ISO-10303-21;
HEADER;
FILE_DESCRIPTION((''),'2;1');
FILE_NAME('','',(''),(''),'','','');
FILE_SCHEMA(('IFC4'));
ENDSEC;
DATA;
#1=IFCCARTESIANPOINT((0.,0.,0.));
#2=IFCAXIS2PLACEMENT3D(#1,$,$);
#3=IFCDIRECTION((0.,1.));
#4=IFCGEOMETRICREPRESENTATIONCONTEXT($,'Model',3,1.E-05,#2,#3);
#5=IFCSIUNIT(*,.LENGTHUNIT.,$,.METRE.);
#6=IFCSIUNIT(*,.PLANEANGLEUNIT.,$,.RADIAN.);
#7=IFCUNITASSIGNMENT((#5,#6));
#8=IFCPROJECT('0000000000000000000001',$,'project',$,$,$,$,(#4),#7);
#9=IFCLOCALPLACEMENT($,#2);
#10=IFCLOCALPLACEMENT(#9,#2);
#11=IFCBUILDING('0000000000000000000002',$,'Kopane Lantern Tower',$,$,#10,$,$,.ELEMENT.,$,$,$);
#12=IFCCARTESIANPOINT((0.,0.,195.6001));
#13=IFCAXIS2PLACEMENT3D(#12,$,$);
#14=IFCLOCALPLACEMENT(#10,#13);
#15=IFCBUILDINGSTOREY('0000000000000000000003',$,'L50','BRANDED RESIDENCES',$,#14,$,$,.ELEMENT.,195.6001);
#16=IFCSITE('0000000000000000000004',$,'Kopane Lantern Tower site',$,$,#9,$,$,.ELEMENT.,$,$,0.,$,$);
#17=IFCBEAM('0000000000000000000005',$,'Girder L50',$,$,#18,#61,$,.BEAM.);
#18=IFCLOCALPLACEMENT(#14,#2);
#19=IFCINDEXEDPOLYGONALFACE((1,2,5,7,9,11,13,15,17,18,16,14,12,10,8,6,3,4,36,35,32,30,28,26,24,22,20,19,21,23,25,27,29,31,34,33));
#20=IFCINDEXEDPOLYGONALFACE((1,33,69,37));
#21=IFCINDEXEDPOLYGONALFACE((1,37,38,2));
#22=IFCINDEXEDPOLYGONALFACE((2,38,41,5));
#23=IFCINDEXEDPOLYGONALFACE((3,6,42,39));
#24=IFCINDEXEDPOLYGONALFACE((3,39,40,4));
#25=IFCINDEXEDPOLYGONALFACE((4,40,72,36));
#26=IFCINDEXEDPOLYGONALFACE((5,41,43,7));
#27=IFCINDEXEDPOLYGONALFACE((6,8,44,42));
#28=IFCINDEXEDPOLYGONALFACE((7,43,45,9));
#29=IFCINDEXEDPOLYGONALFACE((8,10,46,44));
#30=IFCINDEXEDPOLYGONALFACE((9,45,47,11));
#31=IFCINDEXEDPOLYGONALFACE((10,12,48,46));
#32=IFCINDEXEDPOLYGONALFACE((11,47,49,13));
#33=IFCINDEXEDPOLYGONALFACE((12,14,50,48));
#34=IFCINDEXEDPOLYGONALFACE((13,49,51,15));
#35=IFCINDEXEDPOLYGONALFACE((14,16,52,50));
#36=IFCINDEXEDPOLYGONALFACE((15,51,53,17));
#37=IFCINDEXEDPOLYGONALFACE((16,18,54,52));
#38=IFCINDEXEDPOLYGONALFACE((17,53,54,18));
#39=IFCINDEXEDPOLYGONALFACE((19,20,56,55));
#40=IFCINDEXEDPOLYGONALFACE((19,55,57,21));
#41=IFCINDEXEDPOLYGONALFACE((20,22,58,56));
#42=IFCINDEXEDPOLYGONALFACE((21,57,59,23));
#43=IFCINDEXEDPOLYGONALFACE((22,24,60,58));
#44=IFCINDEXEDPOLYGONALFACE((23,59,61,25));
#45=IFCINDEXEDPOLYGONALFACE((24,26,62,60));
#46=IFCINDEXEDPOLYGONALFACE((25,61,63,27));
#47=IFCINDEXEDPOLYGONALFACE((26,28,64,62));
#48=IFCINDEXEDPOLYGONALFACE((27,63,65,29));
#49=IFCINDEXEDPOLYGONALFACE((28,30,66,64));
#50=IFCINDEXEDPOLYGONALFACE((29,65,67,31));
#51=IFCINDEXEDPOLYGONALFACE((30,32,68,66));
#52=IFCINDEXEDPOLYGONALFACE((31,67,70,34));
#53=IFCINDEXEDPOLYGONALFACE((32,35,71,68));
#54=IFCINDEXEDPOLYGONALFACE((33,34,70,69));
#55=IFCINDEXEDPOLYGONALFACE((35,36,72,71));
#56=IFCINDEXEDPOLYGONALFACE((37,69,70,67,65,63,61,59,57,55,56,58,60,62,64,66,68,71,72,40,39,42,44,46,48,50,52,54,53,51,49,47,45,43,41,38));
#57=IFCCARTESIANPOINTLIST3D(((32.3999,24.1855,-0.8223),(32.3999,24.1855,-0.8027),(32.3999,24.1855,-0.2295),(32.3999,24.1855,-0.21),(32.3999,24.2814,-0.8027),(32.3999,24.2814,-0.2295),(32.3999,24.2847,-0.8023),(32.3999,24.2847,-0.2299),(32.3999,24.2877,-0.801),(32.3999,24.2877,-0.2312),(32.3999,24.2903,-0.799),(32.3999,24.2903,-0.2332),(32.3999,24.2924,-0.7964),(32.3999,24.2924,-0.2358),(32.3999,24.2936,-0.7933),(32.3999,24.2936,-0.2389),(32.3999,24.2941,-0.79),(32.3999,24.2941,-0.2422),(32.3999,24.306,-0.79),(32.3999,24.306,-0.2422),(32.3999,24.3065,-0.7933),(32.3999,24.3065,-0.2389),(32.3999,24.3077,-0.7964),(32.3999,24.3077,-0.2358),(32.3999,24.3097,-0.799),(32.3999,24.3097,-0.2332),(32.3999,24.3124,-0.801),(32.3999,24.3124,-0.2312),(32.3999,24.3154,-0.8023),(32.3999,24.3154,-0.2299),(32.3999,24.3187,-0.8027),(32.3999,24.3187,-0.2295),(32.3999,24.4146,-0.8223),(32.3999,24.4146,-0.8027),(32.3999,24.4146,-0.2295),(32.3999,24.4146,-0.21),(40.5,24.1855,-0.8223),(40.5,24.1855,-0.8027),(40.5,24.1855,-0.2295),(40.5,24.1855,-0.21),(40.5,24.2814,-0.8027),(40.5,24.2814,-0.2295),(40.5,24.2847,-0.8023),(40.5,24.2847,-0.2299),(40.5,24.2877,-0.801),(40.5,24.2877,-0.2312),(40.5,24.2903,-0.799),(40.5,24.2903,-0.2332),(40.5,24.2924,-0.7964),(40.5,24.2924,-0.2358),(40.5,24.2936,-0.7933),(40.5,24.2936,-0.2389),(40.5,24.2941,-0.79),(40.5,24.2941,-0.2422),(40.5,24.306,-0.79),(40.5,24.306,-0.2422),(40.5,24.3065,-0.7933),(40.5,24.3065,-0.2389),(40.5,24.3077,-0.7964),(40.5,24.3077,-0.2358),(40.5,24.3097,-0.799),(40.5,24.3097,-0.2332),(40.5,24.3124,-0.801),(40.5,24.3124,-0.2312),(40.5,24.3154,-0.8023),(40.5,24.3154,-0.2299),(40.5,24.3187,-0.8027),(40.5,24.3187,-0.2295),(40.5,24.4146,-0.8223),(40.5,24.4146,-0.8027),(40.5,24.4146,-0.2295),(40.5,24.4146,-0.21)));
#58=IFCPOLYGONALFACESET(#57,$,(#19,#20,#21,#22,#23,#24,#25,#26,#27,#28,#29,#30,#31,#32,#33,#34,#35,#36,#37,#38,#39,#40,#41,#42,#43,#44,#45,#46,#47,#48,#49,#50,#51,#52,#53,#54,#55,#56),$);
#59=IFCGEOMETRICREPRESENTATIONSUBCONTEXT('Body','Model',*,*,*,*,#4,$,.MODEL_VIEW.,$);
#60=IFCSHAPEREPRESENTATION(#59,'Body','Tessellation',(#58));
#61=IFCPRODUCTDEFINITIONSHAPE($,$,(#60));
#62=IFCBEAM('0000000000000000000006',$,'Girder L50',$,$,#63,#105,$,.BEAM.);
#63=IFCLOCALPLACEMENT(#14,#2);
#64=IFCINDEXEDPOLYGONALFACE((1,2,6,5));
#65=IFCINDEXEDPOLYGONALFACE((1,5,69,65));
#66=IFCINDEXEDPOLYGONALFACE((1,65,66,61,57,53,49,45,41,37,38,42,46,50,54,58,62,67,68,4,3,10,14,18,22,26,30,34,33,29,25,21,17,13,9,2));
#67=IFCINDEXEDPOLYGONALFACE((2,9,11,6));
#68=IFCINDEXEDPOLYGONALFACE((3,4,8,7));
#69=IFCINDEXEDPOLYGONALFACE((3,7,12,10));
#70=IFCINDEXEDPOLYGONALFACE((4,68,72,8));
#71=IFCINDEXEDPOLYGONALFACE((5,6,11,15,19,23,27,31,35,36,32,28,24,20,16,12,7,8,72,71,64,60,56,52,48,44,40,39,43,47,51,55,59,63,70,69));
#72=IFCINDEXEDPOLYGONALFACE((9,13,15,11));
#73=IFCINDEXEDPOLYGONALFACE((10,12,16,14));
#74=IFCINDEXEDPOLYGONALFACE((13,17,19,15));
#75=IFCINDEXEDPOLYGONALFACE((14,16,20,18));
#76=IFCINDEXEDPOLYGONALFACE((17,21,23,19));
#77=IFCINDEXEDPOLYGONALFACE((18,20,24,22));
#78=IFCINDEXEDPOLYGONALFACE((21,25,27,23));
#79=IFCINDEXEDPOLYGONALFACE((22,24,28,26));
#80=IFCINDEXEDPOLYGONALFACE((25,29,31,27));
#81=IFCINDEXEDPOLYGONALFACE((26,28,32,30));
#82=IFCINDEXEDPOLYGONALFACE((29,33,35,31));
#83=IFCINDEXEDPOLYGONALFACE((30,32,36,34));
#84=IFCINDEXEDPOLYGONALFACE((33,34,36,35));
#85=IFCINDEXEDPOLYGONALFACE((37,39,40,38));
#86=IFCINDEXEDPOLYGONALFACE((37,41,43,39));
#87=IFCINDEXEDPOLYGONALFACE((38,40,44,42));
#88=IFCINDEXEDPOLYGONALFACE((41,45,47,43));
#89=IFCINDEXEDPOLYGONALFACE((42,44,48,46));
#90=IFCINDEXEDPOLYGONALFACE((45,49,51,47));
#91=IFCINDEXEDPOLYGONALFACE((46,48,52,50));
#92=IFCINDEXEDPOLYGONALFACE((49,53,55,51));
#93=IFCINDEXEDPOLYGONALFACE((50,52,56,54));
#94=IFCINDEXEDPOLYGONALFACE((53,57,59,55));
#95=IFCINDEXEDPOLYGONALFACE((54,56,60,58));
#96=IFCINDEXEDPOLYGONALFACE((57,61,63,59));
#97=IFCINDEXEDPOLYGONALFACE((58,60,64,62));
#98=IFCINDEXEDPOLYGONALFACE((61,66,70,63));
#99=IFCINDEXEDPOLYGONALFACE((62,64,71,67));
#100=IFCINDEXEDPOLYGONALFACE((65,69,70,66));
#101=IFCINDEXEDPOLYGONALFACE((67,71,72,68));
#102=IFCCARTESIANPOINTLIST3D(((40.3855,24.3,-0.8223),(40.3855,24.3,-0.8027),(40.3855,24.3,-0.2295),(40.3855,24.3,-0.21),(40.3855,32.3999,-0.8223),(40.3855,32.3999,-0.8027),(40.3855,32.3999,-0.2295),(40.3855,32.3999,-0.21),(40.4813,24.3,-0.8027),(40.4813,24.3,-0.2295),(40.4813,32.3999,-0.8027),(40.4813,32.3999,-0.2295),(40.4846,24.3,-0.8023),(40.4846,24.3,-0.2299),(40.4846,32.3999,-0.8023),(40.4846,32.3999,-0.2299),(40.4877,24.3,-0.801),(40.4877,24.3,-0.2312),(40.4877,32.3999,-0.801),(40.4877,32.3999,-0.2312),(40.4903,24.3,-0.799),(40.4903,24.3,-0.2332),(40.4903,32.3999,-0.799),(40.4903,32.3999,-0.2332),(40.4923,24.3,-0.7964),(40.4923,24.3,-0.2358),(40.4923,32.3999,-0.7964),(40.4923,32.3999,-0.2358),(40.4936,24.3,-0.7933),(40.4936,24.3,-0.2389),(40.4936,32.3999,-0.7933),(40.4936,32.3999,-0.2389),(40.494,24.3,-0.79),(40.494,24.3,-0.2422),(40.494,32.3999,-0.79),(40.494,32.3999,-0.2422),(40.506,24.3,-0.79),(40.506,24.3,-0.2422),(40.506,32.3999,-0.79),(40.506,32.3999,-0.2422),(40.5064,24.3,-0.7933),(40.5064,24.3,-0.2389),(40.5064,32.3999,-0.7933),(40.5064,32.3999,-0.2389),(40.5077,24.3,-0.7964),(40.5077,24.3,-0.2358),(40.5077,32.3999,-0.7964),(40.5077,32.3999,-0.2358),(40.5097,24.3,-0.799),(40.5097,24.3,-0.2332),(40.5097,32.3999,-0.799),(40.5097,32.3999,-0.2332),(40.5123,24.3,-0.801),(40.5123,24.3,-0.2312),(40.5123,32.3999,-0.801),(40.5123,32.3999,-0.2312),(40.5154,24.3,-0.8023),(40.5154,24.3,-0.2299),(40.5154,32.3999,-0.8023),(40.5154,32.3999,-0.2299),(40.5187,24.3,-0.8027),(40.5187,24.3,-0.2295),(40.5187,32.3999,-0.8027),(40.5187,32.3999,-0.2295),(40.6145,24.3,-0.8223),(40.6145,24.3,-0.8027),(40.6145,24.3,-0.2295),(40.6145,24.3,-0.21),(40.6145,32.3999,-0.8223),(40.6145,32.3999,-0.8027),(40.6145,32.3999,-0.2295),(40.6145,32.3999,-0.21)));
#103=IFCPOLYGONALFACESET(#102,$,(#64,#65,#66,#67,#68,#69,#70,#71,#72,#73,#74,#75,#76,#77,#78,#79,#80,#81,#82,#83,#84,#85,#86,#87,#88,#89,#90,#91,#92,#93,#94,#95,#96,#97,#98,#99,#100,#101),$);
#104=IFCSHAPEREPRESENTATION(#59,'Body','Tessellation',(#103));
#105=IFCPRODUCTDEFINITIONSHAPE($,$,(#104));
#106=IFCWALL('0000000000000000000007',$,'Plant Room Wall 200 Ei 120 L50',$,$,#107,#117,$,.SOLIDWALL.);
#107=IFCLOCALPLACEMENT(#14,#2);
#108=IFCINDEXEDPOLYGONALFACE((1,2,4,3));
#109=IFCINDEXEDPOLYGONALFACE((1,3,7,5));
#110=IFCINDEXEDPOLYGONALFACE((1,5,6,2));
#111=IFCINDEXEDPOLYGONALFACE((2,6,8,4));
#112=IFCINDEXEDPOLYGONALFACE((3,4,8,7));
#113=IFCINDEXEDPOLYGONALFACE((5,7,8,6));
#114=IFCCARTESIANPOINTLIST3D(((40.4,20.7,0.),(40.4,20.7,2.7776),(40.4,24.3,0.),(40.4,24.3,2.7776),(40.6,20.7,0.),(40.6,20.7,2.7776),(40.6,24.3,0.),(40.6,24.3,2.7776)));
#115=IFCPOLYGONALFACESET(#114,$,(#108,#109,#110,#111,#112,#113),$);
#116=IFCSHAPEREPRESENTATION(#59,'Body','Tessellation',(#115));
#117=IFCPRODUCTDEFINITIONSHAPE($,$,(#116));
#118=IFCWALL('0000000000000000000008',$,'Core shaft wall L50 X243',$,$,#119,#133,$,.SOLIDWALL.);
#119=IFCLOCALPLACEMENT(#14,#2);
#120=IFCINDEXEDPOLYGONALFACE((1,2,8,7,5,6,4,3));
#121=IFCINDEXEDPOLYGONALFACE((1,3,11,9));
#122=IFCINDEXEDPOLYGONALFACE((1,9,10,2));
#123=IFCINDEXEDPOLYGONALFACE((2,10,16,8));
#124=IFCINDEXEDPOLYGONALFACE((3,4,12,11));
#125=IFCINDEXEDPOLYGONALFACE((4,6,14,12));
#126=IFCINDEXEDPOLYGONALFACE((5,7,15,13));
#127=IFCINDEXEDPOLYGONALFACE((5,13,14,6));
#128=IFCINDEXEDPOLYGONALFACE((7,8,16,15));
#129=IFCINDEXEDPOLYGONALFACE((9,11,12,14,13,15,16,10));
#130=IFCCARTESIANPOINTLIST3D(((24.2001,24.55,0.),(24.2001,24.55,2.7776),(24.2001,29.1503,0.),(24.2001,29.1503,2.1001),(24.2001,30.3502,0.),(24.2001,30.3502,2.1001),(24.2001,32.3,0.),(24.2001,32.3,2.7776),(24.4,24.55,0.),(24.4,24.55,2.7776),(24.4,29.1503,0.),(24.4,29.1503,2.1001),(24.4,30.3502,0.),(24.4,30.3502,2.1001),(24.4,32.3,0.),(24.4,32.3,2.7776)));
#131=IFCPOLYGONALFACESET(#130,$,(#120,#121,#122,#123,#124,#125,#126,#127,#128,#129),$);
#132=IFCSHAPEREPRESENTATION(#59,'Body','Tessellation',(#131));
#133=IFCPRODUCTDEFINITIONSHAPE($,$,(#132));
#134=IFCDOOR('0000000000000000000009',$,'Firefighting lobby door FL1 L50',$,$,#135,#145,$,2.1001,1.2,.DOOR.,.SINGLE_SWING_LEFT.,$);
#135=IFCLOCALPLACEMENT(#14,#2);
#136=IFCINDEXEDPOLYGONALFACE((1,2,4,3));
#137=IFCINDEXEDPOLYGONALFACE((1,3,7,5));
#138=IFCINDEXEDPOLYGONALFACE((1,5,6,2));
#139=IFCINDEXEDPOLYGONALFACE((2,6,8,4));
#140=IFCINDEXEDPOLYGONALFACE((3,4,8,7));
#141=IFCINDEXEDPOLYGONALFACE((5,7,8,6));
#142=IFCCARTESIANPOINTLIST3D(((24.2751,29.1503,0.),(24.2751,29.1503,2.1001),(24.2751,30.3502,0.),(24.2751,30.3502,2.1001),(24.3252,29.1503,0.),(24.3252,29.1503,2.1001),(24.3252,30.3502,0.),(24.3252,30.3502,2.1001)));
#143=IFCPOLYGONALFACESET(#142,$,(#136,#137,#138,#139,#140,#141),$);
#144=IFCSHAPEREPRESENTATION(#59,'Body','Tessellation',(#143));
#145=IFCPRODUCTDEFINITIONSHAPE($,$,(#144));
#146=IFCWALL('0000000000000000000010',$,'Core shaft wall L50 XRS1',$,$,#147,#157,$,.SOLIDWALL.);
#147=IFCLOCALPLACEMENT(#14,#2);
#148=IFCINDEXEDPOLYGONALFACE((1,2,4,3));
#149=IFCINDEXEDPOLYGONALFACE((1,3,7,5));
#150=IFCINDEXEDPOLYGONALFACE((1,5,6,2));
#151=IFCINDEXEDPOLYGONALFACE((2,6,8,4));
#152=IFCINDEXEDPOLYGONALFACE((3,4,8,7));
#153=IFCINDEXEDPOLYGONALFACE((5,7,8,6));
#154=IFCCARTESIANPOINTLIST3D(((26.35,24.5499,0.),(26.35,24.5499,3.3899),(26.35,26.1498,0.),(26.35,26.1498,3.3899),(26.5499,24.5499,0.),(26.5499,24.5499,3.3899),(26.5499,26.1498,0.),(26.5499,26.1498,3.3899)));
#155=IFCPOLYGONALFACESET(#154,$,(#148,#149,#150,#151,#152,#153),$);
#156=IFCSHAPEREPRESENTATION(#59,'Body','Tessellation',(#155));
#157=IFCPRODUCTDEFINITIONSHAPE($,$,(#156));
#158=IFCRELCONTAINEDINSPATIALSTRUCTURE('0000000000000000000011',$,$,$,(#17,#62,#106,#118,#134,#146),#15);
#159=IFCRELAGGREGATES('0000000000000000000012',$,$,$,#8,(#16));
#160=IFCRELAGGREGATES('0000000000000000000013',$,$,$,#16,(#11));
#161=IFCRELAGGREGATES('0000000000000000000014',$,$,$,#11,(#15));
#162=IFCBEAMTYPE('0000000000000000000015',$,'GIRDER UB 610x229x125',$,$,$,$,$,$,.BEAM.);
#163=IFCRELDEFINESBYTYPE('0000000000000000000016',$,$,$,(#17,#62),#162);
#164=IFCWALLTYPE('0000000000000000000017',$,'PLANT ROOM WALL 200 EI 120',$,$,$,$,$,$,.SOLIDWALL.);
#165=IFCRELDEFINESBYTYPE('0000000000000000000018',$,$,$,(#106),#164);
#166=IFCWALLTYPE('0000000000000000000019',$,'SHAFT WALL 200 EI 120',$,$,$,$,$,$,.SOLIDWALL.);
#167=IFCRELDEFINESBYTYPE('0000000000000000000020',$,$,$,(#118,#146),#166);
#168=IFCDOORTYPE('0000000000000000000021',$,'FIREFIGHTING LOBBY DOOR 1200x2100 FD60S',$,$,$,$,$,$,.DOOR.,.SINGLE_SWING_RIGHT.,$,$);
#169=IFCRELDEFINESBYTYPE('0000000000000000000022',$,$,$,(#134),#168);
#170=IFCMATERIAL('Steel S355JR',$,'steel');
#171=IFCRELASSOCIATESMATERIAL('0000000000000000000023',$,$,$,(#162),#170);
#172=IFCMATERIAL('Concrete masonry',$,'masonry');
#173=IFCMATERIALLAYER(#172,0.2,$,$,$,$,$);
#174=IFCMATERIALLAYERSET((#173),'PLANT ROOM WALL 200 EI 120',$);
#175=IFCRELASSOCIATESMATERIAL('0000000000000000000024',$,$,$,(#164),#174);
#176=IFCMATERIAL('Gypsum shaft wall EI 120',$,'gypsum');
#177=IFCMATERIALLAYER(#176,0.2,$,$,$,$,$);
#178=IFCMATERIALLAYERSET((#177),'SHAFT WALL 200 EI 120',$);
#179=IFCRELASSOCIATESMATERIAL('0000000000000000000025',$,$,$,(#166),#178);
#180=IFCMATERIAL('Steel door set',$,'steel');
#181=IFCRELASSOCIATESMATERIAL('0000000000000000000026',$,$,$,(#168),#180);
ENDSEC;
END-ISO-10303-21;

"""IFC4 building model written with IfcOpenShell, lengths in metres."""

from ifc_helpers import new_model, si_unit, direction, frame, frame_2d, origin, origin_2d, place, context, subcontext, project, spatial, rectangle, i_section, extrude, material, layer, layer_set, material_profile, profile_set, type_object, element, fill, save


model = new_model("IFC4")

# Units and contexts
model_context = context("Model", 3, precision=1e-05, world=origin(), true_north=direction((0.0, 1.0)))
body_context = subcontext(model_context, "Body", "Model", "MODEL_VIEW")
ifc_project = project(units=[si_unit("LENGTHUNIT", "METRE"), si_unit("PLANEANGLEUNIT", "RADIAN")], contexts=[model_context])

# Site, building, storey
site_placement = place(None, origin())
site = spatial("IfcSite", under=ifc_project, at=site_placement, Name="Kopane Lantern Tower site", CompositionType="ELEMENT", RefElevation=0.0)
building_placement = place(site_placement, origin())
building = spatial("IfcBuilding", under=site, at=building_placement, Name="Kopane Lantern Tower", CompositionType="ELEMENT")
storey_placement = place(building_placement, frame((0.0, 0.0, 195.6001)))
storey = spatial("IfcBuildingStorey", under=building, at=storey_placement, Name="L50", Description="BRANDED RESIDENCES", CompositionType="ELEMENT", Elevation=195.6001)

# Beams
ifc_material_1 = material(Name="Steel S355JR", Category="steel")
ifc_material_profile_1 = material_profile(ifc_material_1, i_section(OverallWidth=0.229, OverallDepth=0.6123, WebThickness=0.012, FlangeThickness=0.0195, FilletRadius=0.0127, at=origin_2d()), Name="UB 610x229x125")
ifc_profile_set_1 = profile_set([ifc_material_profile_1], Name="Steel S355JR")
beam_type_1 = type_object("IfcBeamType", Name="GIRDER UB 610x229x125", PredefinedType="BEAM", material=ifc_profile_set_1)
beam_1_placement = place(storey_placement, frame((32.3999, 24.3, -0.5161), z_axis=(1.0, 0.0, 0.0), x_axis=(0.0, 1.0, 0.0)))
element("IfcBeam", 1, at=beam_1_placement, inside=storey, type_object=beam_type_1, Name="Girder L50", PredefinedType="BEAM", context=body_context, shape_type="SweptSolid", body=[
    extrude(i_section(OverallWidth=0.229, OverallDepth=0.6123, WebThickness=0.012, FlangeThickness=0.0195, FilletRadius=0.0127, at=origin_2d()), origin(), (0.0, 0.0, 1.0), 8.1001),
])
beam_2_placement = place(storey_placement, frame((40.5, 24.3, -0.5161), z_axis=(0.0, 1.0, 0.0), x_axis=(-1.0, 0.0, 0.0)))
element("IfcBeam", 2, at=beam_2_placement, inside=storey, type_object=beam_type_1, Name="Girder L50", PredefinedType="BEAM", context=body_context, shape_type="SweptSolid", body=[
    extrude(i_section(OverallWidth=0.229, OverallDepth=0.6123, WebThickness=0.012, FlangeThickness=0.0195, FilletRadius=0.0127, at=origin_2d()), origin(), (0.0, 0.0, 1.0), 8.0999),
])

# Wall
ifc_material_2 = material(Name="Concrete masonry", Category="masonry")
ifc_layer_1 = layer(ifc_material_2, 0.2)
ifc_layer_set_1 = layer_set([ifc_layer_1], Name="PLANT ROOM WALL 200 EI 120")
wall_type_1 = type_object("IfcWallType", Name="PLANT ROOM WALL 200 EI 120", PredefinedType="SOLIDWALL", material=ifc_layer_set_1)
wall_1_placement = place(storey_placement, frame((40.5, 20.7, 0.0), z_axis=(0.0, 0.0, 1.0), x_axis=(0.0, 1.0, 0.0)))
element("IfcWall", 3, at=wall_1_placement, inside=storey, type_object=wall_type_1, Name="Plant Room Wall 200 Ei 120 L50", PredefinedType="SOLIDWALL", context=body_context, shape_type="SweptSolid", body=[
    extrude(rectangle(XDim=3.6001, YDim=0.2, at=frame_2d((1.8, 0.0))), origin(), (0.0, 0.0, 1.0), 2.7776),
])

# Wall, opening, door
ifc_material_3 = material(Name="Gypsum shaft wall EI 120", Category="gypsum")
ifc_layer_2 = layer(ifc_material_3, 0.2)
ifc_layer_set_2 = layer_set([ifc_layer_2], Name="SHAFT WALL 200 EI 120")
wall_type_2 = type_object("IfcWallType", Name="SHAFT WALL 200 EI 120", PredefinedType="SOLIDWALL", material=ifc_layer_set_2)
wall_2_placement = place(storey_placement, frame((24.3, 24.55, 0.0), z_axis=(0.0, 0.0, 1.0), x_axis=(0.0, 1.0, 0.0)))
wall_2 = element("IfcWall", 4, at=wall_2_placement, inside=storey, type_object=wall_type_2, Name="Core shaft wall L50 X243", PredefinedType="SOLIDWALL", context=body_context, shape_type="SweptSolid", body=[
    extrude(rectangle(XDim=7.75, YDim=0.2, at=frame_2d((3.875, 0.0))), origin(), (0.0, 0.0, 1.0), 2.7776),
])
opening_1_placement = place(wall_2_placement, frame((4.6001, 0.0, 0.0)))
opening_1 = element("IfcOpeningElement", 5, at=opening_1_placement, cuts=wall_2, PredefinedType="OPENING", context=body_context, shape_type="SweptSolid", body=[
    extrude(rectangle(XDim=1.2, YDim=2.1001, at=frame_2d((0.6001, 1.05))), frame((0.0, 0.1099, 0.0), z_axis=(0.0, -1.0, 0.0), x_axis=(1.0, 0.0, 0.0)), (0.0, 0.0, 1.0), 0.22),
])
ifc_material_4 = material(Name="Steel door set", Category="steel")
door_type_1 = type_object("IfcDoorType", Name="FIREFIGHTING LOBBY DOOR 1200x2100 FD60S", OperationType="SINGLE_SWING_RIGHT", PredefinedType="DOOR", material=ifc_material_4)
door_1_placement = place(opening_1_placement, origin())
door_1 = element("IfcDoor", 6, at=door_1_placement, inside=storey, type_object=door_type_1, Name="Firefighting lobby door FL1 L50", OperationType="SINGLE_SWING_LEFT", OverallHeight=2.1001, OverallWidth=1.2, PredefinedType="DOOR", context=body_context, shape_type="SweptSolid", body=[
    extrude(rectangle(XDim=1.2, YDim=2.1001, at=frame_2d((0.6001, 1.05))), frame((0.0, 0.0249, 0.0), z_axis=(0.0, -1.0, 0.0), x_axis=(1.0, 0.0, 0.0)), (0.0, 0.0, 1.0), 0.05),
])
fill(opening_1, door_1)

# Wall
wall_3_placement = place(storey_placement, frame((26.45, 24.55, 0.0), z_axis=(0.0, 0.0, 1.0), x_axis=(0.0, 1.0, 0.0)))
element("IfcWall", 7, at=wall_3_placement, inside=storey, type_object=wall_type_2, Name="Core shaft wall L50 XRS1", PredefinedType="SOLIDWALL", context=body_context, shape_type="SweptSolid", body=[
    extrude(rectangle(XDim=1.5999, YDim=0.2, at=frame_2d((0.7998, 0.0))), origin(), (0.0, 0.0, 1.0), 3.3899),
])

save(model, "model.ifc")
